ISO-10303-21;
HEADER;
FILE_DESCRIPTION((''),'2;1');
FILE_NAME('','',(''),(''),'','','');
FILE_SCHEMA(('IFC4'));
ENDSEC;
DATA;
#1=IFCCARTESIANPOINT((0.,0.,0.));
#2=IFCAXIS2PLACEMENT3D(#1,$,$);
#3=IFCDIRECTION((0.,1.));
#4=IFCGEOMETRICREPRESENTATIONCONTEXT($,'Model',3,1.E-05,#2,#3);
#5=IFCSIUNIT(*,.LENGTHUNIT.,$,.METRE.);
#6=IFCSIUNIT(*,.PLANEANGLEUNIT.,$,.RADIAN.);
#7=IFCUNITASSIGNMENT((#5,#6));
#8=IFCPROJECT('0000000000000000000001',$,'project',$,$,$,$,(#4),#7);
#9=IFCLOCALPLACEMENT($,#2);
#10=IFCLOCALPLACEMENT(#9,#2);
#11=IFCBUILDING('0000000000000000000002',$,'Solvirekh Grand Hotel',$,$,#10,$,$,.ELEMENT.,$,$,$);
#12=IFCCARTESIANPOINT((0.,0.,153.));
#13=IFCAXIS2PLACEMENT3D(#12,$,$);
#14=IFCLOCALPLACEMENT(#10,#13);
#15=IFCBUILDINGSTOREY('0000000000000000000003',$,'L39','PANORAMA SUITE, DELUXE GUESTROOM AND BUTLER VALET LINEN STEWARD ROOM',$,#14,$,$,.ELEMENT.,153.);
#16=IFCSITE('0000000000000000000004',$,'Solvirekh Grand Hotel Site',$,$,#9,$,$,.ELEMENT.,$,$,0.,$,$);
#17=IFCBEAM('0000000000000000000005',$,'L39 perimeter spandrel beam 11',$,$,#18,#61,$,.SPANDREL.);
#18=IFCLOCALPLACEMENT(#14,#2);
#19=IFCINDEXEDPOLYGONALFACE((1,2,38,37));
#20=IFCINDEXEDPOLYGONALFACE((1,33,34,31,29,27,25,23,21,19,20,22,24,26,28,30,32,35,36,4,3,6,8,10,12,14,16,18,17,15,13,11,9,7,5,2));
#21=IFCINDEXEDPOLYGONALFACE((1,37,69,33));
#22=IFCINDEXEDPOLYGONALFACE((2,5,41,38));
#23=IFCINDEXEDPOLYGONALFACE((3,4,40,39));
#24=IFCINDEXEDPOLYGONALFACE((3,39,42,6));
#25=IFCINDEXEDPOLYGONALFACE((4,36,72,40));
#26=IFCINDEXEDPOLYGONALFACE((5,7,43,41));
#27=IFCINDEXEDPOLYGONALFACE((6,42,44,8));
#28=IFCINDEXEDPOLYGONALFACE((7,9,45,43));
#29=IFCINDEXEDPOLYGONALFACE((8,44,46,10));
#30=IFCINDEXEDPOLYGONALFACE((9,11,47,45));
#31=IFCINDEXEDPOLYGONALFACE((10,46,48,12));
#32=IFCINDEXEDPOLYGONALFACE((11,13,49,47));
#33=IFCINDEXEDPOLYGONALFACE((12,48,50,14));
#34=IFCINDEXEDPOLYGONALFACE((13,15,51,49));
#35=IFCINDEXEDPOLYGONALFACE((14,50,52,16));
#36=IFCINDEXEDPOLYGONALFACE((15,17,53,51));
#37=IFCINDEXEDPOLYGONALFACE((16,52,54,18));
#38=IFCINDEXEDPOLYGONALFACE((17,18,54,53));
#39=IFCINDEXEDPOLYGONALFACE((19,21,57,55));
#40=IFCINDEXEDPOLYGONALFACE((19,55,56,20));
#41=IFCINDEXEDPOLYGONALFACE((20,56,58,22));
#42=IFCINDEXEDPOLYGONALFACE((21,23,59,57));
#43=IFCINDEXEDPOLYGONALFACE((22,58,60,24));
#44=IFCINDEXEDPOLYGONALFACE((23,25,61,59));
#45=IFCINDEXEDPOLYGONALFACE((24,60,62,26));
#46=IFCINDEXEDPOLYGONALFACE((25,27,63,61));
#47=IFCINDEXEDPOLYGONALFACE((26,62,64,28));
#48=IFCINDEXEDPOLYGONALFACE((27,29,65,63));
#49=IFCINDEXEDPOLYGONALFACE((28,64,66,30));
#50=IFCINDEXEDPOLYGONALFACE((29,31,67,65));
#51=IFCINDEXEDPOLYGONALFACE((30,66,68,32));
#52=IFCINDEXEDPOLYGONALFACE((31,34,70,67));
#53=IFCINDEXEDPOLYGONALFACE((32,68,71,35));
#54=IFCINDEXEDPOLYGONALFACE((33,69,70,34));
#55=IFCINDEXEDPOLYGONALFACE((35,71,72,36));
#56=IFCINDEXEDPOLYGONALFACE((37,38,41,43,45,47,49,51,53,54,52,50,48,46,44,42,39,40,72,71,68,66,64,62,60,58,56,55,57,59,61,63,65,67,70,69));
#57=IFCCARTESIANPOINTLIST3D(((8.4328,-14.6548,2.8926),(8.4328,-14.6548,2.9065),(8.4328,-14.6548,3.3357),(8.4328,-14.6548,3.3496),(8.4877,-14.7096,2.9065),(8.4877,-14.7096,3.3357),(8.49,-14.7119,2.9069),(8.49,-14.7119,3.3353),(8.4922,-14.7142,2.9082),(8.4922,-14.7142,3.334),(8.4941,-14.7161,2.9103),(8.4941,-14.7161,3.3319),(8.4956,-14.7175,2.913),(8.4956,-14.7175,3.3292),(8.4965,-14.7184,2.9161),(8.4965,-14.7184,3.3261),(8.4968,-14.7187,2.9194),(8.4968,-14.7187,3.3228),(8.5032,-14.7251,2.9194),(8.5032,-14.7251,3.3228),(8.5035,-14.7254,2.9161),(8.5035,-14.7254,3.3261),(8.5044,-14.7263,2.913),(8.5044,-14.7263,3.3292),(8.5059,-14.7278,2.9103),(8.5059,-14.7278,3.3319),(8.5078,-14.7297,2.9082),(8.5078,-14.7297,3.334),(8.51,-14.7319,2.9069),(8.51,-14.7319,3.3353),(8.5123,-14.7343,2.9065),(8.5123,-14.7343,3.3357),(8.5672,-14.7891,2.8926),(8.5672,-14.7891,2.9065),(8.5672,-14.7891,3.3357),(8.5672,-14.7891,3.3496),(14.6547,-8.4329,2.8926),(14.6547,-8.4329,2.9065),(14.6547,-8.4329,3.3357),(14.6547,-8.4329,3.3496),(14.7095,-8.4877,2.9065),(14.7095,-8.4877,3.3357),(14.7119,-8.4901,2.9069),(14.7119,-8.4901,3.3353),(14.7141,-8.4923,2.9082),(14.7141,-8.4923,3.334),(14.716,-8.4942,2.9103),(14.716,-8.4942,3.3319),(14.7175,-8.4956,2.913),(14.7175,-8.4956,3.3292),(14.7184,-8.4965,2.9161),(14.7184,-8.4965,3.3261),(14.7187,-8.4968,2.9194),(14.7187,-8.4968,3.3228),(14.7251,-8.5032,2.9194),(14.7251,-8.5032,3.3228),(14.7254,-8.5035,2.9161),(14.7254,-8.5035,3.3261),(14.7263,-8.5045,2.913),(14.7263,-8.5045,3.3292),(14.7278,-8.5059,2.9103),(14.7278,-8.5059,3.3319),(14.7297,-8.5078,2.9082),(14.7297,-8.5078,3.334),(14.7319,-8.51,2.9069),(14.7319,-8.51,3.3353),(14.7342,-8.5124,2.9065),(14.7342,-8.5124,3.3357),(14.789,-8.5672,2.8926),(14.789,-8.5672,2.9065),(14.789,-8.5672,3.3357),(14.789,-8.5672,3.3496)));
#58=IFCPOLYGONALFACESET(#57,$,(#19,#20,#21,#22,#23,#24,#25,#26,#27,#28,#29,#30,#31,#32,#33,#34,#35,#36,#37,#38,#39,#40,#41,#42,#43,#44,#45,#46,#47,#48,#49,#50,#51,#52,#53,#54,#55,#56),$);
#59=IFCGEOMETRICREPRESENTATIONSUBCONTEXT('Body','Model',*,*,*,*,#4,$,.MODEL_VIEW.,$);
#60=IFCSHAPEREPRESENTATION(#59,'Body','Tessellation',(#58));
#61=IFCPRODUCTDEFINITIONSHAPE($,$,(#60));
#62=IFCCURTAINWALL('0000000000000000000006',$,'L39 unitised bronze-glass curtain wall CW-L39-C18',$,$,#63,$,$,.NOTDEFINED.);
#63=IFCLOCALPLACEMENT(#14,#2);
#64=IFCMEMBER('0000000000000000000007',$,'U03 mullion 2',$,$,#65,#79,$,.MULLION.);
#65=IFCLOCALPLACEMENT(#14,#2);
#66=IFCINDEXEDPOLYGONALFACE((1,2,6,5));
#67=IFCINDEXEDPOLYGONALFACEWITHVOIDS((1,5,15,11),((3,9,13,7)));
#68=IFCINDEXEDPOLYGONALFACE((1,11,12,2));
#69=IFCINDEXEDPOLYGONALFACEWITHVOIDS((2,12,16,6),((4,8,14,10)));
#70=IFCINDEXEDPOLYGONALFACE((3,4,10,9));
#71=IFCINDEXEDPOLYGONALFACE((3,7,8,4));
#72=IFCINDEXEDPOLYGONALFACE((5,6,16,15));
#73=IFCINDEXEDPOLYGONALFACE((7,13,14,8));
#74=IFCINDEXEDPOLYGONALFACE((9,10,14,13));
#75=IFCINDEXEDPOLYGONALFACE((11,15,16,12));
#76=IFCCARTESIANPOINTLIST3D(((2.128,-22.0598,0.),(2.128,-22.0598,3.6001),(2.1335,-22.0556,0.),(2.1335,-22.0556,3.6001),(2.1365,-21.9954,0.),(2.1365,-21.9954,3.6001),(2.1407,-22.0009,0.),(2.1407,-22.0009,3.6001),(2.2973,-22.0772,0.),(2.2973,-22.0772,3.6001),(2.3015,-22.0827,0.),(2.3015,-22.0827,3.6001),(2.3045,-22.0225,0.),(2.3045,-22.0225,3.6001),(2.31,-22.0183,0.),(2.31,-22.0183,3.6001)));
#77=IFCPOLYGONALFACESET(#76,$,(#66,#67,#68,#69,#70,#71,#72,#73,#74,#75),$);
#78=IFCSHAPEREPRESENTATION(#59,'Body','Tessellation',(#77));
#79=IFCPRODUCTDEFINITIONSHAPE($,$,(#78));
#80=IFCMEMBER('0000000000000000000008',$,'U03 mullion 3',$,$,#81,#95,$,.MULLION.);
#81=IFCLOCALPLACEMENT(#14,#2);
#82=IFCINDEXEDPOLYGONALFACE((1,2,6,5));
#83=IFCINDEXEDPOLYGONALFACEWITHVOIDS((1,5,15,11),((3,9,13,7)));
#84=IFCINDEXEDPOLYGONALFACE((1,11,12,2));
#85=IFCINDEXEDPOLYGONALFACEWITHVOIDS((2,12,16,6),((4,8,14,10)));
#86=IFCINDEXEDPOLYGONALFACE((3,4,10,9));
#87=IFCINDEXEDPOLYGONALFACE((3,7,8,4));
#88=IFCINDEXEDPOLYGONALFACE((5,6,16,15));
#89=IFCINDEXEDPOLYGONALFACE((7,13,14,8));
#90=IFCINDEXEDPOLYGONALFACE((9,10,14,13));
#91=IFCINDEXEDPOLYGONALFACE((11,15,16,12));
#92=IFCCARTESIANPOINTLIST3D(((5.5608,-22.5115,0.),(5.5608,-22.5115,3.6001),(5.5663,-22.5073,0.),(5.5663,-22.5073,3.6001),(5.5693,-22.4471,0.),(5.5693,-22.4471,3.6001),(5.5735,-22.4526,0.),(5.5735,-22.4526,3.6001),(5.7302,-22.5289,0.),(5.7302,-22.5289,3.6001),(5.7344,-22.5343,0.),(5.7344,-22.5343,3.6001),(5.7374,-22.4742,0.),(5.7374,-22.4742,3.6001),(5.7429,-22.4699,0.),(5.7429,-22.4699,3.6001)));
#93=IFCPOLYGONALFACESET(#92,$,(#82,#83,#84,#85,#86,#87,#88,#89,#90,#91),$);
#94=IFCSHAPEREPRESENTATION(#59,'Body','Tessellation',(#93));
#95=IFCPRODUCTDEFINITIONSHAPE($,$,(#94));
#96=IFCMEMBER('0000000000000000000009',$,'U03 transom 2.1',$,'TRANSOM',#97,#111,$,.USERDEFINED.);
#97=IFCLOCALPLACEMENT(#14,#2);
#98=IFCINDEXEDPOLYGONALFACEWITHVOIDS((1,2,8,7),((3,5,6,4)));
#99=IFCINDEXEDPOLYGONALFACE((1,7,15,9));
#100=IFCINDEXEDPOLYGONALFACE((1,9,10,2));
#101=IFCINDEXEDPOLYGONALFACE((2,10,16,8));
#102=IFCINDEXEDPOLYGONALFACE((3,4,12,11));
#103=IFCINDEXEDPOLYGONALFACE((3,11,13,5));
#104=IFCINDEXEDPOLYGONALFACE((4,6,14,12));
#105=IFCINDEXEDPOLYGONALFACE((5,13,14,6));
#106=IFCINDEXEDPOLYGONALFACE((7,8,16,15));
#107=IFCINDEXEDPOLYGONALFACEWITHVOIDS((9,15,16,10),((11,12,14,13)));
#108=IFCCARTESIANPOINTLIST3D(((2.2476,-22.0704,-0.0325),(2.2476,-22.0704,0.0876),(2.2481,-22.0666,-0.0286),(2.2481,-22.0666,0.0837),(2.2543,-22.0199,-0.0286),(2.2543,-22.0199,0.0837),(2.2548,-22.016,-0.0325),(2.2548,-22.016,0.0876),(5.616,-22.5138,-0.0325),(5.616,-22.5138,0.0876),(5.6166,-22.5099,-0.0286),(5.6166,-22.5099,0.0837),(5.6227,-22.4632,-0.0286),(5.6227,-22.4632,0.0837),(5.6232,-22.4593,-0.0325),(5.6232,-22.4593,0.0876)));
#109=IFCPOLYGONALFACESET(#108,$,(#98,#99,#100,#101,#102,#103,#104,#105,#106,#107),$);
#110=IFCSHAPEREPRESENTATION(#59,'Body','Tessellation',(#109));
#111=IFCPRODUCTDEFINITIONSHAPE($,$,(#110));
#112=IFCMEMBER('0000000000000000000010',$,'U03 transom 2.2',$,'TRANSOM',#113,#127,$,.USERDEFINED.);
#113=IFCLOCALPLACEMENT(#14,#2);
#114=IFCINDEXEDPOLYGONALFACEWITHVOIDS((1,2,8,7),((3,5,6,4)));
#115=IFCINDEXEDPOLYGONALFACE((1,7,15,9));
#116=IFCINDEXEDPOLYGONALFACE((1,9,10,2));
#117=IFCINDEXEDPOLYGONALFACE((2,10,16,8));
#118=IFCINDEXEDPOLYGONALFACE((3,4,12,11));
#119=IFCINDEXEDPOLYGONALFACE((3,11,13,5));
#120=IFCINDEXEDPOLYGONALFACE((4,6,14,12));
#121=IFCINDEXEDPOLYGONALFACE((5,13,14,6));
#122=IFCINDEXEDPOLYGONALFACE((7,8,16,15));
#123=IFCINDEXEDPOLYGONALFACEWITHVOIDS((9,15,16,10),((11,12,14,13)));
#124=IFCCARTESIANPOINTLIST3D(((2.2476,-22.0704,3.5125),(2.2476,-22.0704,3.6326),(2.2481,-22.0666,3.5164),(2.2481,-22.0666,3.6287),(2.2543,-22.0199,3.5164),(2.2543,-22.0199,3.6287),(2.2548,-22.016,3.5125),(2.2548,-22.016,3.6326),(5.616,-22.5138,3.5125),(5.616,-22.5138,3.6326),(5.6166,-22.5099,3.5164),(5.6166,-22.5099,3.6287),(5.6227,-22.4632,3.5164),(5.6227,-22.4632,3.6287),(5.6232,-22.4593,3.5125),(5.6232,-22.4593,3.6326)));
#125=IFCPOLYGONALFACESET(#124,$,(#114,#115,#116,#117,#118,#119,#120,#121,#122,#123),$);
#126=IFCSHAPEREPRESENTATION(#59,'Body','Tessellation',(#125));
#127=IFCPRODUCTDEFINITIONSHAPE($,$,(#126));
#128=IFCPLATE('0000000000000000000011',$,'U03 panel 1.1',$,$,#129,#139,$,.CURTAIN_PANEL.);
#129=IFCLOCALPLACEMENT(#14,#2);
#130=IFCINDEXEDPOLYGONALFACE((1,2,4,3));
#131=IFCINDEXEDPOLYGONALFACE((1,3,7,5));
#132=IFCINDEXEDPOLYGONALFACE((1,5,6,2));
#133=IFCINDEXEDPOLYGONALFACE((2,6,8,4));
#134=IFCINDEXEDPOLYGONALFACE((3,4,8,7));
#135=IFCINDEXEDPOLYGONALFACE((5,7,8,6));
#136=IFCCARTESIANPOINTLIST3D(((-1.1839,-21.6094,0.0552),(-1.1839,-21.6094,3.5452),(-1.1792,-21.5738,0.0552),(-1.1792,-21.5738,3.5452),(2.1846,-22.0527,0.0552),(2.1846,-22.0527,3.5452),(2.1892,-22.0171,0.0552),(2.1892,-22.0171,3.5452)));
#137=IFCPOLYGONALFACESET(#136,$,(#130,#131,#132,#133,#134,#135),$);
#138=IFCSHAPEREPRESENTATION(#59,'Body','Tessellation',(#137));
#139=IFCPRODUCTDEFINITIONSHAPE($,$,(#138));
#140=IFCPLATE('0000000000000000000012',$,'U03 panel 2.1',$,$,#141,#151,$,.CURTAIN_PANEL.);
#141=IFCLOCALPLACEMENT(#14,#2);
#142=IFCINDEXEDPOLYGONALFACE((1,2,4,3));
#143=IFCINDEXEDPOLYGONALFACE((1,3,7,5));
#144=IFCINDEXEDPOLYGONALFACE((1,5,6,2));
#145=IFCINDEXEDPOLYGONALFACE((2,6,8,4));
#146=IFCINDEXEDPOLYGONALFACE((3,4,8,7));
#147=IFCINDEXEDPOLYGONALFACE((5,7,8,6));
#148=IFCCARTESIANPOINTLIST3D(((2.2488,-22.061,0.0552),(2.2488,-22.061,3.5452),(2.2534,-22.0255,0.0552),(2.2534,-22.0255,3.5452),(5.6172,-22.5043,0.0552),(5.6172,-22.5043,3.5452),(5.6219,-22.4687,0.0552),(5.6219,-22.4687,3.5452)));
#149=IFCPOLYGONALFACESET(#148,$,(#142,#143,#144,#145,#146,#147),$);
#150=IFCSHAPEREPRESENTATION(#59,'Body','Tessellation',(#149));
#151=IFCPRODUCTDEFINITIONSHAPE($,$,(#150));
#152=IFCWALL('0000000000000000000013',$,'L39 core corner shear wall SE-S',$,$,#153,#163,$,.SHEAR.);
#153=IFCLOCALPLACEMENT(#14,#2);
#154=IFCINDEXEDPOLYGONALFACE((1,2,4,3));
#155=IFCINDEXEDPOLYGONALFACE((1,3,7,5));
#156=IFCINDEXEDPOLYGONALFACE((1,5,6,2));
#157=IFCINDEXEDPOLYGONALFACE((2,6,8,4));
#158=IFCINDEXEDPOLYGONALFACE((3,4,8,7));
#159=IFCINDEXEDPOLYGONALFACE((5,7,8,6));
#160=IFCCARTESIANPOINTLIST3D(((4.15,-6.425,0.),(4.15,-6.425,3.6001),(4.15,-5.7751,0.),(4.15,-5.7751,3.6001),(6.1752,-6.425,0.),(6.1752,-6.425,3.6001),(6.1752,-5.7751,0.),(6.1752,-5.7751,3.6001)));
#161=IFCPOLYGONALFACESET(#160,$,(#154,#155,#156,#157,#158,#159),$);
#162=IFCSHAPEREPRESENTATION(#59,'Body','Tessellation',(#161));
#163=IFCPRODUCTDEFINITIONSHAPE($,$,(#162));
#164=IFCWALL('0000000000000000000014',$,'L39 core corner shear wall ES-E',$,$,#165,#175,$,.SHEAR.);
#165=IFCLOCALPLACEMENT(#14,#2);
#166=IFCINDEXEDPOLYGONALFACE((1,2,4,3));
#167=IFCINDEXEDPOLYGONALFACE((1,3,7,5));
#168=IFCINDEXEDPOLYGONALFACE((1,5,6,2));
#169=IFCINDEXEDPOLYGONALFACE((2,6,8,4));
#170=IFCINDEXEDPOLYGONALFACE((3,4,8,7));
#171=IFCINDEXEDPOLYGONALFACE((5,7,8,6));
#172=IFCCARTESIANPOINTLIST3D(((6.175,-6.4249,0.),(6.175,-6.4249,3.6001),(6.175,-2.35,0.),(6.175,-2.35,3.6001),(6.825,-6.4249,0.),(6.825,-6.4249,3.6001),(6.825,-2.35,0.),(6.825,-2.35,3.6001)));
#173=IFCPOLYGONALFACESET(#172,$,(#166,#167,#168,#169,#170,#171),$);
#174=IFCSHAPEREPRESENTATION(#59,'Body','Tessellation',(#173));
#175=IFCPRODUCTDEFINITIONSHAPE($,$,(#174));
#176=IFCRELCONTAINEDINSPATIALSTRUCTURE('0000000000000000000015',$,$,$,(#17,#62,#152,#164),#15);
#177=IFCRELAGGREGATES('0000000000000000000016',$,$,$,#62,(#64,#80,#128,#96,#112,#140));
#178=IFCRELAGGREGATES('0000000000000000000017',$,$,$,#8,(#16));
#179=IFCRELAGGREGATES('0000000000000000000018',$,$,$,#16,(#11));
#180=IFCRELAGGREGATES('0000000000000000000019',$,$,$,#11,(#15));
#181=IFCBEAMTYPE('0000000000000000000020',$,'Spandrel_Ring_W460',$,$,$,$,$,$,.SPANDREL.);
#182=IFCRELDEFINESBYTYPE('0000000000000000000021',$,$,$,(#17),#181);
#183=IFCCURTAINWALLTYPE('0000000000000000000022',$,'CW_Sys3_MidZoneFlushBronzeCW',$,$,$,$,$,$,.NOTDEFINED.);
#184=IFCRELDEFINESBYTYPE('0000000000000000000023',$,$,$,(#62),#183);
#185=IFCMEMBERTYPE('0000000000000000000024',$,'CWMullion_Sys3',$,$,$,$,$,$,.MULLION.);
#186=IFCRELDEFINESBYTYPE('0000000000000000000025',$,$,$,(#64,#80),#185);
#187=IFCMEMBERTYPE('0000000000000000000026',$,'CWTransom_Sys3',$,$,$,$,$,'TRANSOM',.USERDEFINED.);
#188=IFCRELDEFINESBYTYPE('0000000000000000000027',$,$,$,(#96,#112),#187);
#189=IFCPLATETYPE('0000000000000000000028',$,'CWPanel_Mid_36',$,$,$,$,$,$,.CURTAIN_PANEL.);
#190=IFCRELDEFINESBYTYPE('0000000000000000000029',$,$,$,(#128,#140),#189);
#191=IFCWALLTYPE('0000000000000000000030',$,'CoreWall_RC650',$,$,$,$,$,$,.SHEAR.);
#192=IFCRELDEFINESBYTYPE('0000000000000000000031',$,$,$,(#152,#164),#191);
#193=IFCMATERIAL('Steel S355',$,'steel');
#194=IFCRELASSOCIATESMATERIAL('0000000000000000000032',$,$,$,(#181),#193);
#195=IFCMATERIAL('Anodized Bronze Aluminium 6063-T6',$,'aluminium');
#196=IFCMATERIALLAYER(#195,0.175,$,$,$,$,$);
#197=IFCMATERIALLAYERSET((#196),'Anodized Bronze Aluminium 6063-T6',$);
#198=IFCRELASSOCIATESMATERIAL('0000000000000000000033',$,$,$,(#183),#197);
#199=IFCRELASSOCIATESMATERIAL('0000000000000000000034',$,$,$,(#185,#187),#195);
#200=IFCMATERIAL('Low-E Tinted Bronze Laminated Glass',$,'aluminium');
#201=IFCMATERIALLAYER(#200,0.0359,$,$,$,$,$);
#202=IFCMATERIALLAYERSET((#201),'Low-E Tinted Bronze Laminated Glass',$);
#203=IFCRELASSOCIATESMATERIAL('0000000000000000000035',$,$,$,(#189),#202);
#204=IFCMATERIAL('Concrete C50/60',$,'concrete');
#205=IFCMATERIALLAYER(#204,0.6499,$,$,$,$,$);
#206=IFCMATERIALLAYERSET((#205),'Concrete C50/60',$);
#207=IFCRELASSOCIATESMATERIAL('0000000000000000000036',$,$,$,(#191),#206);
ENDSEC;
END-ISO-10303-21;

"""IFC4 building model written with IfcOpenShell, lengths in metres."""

from ifc_helpers import new_model, si_unit, direction, frame, frame_2d, origin, origin_2d, place, context, subcontext, project, spatial, rectangle, hollow_rectangle, i_section, extrude, source, transform, mapped, material, layer, layer_set, material_profile, profile_set, type_object, element, aggregate, save


model = new_model("IFC4")

# Units and contexts
model_context = context("Model", 3, precision=1e-05, world=origin(), true_north=direction((0.0, 1.0)))
body_context = subcontext(model_context, "Body", "Model", "MODEL_VIEW")
ifc_project = project(units=[si_unit("LENGTHUNIT", "METRE"), si_unit("PLANEANGLEUNIT", "RADIAN")], contexts=[model_context])

# Site, building, storey
site_placement = place(None, origin())
site = spatial("IfcSite", under=ifc_project, at=site_placement, Name="Solvirekh Grand Hotel Site", CompositionType="ELEMENT", RefElevation=0.0)
building_placement = place(site_placement, origin())
building = spatial("IfcBuilding", under=site, at=building_placement, Name="Solvirekh Grand Hotel", CompositionType="ELEMENT")
storey_placement = place(building_placement, frame((0.0, 0.0, 153.0)))
storey = spatial("IfcBuildingStorey", under=building, at=storey_placement, Name="L39", Description="PANORAMA SUITE, DELUXE GUESTROOM AND BUTLER VALET LINEN STEWARD ROOM", CompositionType="ELEMENT", Elevation=153.0)

# Shared definitions
ifc_material_1 = material(Name="Concrete C50/60", Category="concrete")

# Beam
ifc_material_2 = material(Name="Steel S355", Category="steel")
ifc_material_profile_1 = material_profile(ifc_material_2, i_section(OverallWidth=0.1899, OverallDepth=0.457, WebThickness=0.009, FlangeThickness=0.0139, FilletRadius=0.0129, at=origin_2d()), Name="W460X74")
ifc_profile_set_1 = profile_set([ifc_material_profile_1], Name="Steel S355")
beam_type_1 = type_object("IfcBeamType", Name="Spandrel_Ring_W460", PredefinedType="SPANDREL", material=ifc_profile_set_1)
beam_1_placement = place(storey_placement, frame((8.5, -14.7219, 3.1211), z_axis=(0.707107, 0.707107, 0.0), x_axis=(-0.707107, 0.707107, 0.0)))
element("IfcBeam", 1, at=beam_1_placement, inside=storey, type_object=beam_type_1, Name="L39 perimeter spandrel beam 11", PredefinedType="SPANDREL", context=body_context, shape_type="SweptSolid", body=[
    extrude(i_section(OverallWidth=0.1899, OverallDepth=0.457, WebThickness=0.009, FlangeThickness=0.0139, FilletRadius=0.0129, at=origin_2d()), origin(), (0.0, 0.0, 1.0), 8.7991),
])

# Curtain wall, members, plates
ifc_material_3 = material(Name="Anodized Bronze Aluminium 6063-T6", Category="aluminium")
ifc_layer_1 = layer(ifc_material_3, 0.175)
ifc_layer_set_1 = layer_set([ifc_layer_1], Name="Anodized Bronze Aluminium 6063-T6")
curtain_wall_type = type_object("IfcCurtainWallType", Name="CW_Sys3_MidZoneFlushBronzeCW", PredefinedType="NOTDEFINED", material=ifc_layer_set_1)
curtain_wall_placement = place(storey_placement, origin())
curtain_wall = element("IfcCurtainWall", 2, at=curtain_wall_placement, inside=storey, type_object=curtain_wall_type, Name="L39 unitised bronze-glass curtain wall CW-L39-C18", PredefinedType="NOTDEFINED")
ifc_material_profile_2 = material_profile(ifc_material_3, hollow_rectangle(XDim=0.0649, YDim=0.175, WallThickness=0.0049, at=origin_2d()), Name="ALU RHS 175X65X5")
ifc_profile_set_2 = profile_set([ifc_material_profile_2], Name="Anodized Bronze Aluminium 6063-T6")
member_type_1 = type_object("IfcMemberType", Name="CWMullion_Sys3", PredefinedType="MULLION", material=ifc_profile_set_2)
shared_shape_1 = source(origin(), body_context, "Body", "SweptSolid", [
    extrude(hollow_rectangle(XDim=0.0649, YDim=0.175, WallThickness=0.0049, at=origin_2d()), origin(), (0.0, 0.0, 1.0), 3.6001),
])
member_1_placement = place(storey_placement, frame((2.219, -22.0391, 0.0), z_axis=(0.0, 0.0, 1.0), x_axis=(0.130477, 0.991451, 0.0)))
member_1 = element("IfcMember", 3, at=member_1_placement, type_object=member_type_1, Name="U03 mullion 2", PredefinedType="MULLION", context=body_context, shape_type="MappedRepresentation", body=[
    mapped(shared_shape_1, transform((0.0, 0.0, 0.0), x_axis=(1.0, 0.0, 0.0), y_axis=(0.0, 1.0, 0.0), z_axis=(0.0, 0.0, 1.0), scale=1.0)),
])
member_2_placement = place(storey_placement, frame((5.6519, -22.4907, 0.0), z_axis=(0.0, 0.0, 1.0), x_axis=(0.130477, 0.991451, 0.0)))
member_2 = element("IfcMember", 4, at=member_2_placement, type_object=member_type_1, Name="U03 mullion 3", PredefinedType="MULLION", context=body_context, shape_type="MappedRepresentation", body=[
    mapped(shared_shape_1, transform((0.0, 0.0, 0.0), x_axis=(1.0, 0.0, 0.0), y_axis=(0.0, 1.0, 0.0), z_axis=(0.0, 0.0, 1.0), scale=1.0)),
])
ifc_material_profile_3 = material_profile(ifc_material_3, hollow_rectangle(XDim=0.0549, YDim=0.1201, WallThickness=0.0039, at=origin_2d()), Name="ALU RHS 120X55X4")
ifc_profile_set_3 = profile_set([ifc_material_profile_3], Name="Anodized Bronze Aluminium 6063-T6")
member_type_2 = type_object("IfcMemberType", Name="CWTransom_Sys3", ElementType="TRANSOM", PredefinedType="USERDEFINED", material=ifc_profile_set_3)
shared_shape_2 = source(origin(), body_context, "Body", "SweptSolid", [
    extrude(hollow_rectangle(XDim=0.0549, YDim=0.1201, WallThickness=0.0039, at=origin_2d()), origin(), (0.0, 0.0, 1.0), 3.3975),
])
member_3_placement = place(storey_placement, frame((2.2512, -22.0432, 0.0276), z_axis=(0.991449, -0.130497, 0.0), x_axis=(0.130497, 0.991449, 0.0)))
member_3 = element("IfcMember", 5, at=member_3_placement, type_object=member_type_2, Name="U03 transom 2.1", ObjectType="TRANSOM", PredefinedType="USERDEFINED", context=body_context, shape_type="MappedRepresentation", body=[
    mapped(shared_shape_2, transform((0.0, 0.0, 0.0), x_axis=(1.0, 0.0, 0.0), y_axis=(0.0, 1.0, 0.0), z_axis=(0.0, 0.0, 1.0), scale=1.0)),
])
member_4_placement = place(storey_placement, frame((2.2512, -22.0432, 3.5725), z_axis=(0.991449, -0.130497, 0.0), x_axis=(0.130497, 0.991449, 0.0)))
member_4 = element("IfcMember", 6, at=member_4_placement, type_object=member_type_2, Name="U03 transom 2.2", ObjectType="TRANSOM", PredefinedType="USERDEFINED", context=body_context, shape_type="MappedRepresentation", body=[
    mapped(shared_shape_2, transform((0.0, 0.0, 0.0), x_axis=(1.0, 0.0, 0.0), y_axis=(0.0, 1.0, 0.0), z_axis=(0.0, 0.0, 1.0), scale=1.0)),
])
ifc_material_4 = material(Name="Low-E Tinted Bronze Laminated Glass", Category="aluminium")
ifc_layer_2 = layer(ifc_material_4, 0.0359)
ifc_layer_set_2 = layer_set([ifc_layer_2], Name="Low-E Tinted Bronze Laminated Glass")
plate_type = type_object("IfcPlateType", Name="CWPanel_Mid_36", PredefinedType="CURTAIN_PANEL", material=ifc_layer_set_2)
shared_shape_3 = source(origin(), body_context, "Body", "SweptSolid", [
    extrude(rectangle(XDim=3.3975, YDim=0.0359, at=origin_2d()), origin(), (0.0, 0.0, 1.0), 3.49),
])
plate_1_placement = place(storey_placement, frame((0.5027, -21.8132, 0.0552), z_axis=(0.0, 0.0, 1.0), x_axis=(0.991451, -0.130477, 0.0)))
plate_1 = element("IfcPlate", 7, at=plate_1_placement, type_object=plate_type, Name="U03 panel 1.1", PredefinedType="CURTAIN_PANEL", context=body_context, shape_type="MappedRepresentation", body=[
    mapped(shared_shape_3, transform((0.0, 0.0, 0.0), x_axis=(1.0, 0.0, 0.0), y_axis=(0.0, 1.0, 0.0), z_axis=(0.0, 0.0, 1.0), scale=1.0)),
])
plate_2_placement = place(storey_placement, frame((3.9353, -22.2649, 0.0552), z_axis=(0.0, 0.0, 1.0), x_axis=(0.991451, -0.130477, 0.0)))
plate_2 = element("IfcPlate", 8, at=plate_2_placement, type_object=plate_type, Name="U03 panel 2.1", PredefinedType="CURTAIN_PANEL", context=body_context, shape_type="MappedRepresentation", body=[
    mapped(shared_shape_3, transform((0.0, 0.0, 0.0), x_axis=(1.0, 0.0, 0.0), y_axis=(0.0, 1.0, 0.0), z_axis=(0.0, 0.0, 1.0), scale=1.0)),
])
aggregate(curtain_wall, [member_1, member_2, plate_1, member_3, member_4, plate_2])

# Walls
ifc_layer_3 = layer(ifc_material_1, 0.6499)
ifc_layer_set_3 = layer_set([ifc_layer_3], Name="Concrete C50/60")
wall_type_1 = type_object("IfcWallType", Name="CoreWall_RC650", PredefinedType="SHEAR", material=ifc_layer_set_3)
wall_1_placement = place(storey_placement, frame((4.1499, -6.1001, 0.0), z_axis=(0.0, 0.0, 1.0), x_axis=(1.0, 0.0, 0.0)))
element("IfcWall", 9, at=wall_1_placement, inside=storey, type_object=wall_type_1, Name="L39 core corner shear wall SE-S", PredefinedType="SHEAR", context=body_context, shape_type="SweptSolid", body=[
    extrude(rectangle(XDim=2.0251, YDim=0.6499, at=frame_2d((1.0127, 0.0))), origin(), (0.0, 0.0, 1.0), 3.6001),
])
wall_2_placement = place(storey_placement, frame((6.5, -6.425, 0.0), z_axis=(0.0, 0.0, 1.0), x_axis=(0.0, 1.0, 0.0)))
element("IfcWall", 10, at=wall_2_placement, inside=storey, type_object=wall_type_1, Name="L39 core corner shear wall ES-E", PredefinedType="SHEAR", context=body_context, shape_type="SweptSolid", body=[
    extrude(rectangle(XDim=4.075, YDim=0.6499, at=frame_2d((2.0376, 0.0))), origin(), (0.0, 0.0, 1.0), 3.6001),
])

save(model, "model.ifc")
